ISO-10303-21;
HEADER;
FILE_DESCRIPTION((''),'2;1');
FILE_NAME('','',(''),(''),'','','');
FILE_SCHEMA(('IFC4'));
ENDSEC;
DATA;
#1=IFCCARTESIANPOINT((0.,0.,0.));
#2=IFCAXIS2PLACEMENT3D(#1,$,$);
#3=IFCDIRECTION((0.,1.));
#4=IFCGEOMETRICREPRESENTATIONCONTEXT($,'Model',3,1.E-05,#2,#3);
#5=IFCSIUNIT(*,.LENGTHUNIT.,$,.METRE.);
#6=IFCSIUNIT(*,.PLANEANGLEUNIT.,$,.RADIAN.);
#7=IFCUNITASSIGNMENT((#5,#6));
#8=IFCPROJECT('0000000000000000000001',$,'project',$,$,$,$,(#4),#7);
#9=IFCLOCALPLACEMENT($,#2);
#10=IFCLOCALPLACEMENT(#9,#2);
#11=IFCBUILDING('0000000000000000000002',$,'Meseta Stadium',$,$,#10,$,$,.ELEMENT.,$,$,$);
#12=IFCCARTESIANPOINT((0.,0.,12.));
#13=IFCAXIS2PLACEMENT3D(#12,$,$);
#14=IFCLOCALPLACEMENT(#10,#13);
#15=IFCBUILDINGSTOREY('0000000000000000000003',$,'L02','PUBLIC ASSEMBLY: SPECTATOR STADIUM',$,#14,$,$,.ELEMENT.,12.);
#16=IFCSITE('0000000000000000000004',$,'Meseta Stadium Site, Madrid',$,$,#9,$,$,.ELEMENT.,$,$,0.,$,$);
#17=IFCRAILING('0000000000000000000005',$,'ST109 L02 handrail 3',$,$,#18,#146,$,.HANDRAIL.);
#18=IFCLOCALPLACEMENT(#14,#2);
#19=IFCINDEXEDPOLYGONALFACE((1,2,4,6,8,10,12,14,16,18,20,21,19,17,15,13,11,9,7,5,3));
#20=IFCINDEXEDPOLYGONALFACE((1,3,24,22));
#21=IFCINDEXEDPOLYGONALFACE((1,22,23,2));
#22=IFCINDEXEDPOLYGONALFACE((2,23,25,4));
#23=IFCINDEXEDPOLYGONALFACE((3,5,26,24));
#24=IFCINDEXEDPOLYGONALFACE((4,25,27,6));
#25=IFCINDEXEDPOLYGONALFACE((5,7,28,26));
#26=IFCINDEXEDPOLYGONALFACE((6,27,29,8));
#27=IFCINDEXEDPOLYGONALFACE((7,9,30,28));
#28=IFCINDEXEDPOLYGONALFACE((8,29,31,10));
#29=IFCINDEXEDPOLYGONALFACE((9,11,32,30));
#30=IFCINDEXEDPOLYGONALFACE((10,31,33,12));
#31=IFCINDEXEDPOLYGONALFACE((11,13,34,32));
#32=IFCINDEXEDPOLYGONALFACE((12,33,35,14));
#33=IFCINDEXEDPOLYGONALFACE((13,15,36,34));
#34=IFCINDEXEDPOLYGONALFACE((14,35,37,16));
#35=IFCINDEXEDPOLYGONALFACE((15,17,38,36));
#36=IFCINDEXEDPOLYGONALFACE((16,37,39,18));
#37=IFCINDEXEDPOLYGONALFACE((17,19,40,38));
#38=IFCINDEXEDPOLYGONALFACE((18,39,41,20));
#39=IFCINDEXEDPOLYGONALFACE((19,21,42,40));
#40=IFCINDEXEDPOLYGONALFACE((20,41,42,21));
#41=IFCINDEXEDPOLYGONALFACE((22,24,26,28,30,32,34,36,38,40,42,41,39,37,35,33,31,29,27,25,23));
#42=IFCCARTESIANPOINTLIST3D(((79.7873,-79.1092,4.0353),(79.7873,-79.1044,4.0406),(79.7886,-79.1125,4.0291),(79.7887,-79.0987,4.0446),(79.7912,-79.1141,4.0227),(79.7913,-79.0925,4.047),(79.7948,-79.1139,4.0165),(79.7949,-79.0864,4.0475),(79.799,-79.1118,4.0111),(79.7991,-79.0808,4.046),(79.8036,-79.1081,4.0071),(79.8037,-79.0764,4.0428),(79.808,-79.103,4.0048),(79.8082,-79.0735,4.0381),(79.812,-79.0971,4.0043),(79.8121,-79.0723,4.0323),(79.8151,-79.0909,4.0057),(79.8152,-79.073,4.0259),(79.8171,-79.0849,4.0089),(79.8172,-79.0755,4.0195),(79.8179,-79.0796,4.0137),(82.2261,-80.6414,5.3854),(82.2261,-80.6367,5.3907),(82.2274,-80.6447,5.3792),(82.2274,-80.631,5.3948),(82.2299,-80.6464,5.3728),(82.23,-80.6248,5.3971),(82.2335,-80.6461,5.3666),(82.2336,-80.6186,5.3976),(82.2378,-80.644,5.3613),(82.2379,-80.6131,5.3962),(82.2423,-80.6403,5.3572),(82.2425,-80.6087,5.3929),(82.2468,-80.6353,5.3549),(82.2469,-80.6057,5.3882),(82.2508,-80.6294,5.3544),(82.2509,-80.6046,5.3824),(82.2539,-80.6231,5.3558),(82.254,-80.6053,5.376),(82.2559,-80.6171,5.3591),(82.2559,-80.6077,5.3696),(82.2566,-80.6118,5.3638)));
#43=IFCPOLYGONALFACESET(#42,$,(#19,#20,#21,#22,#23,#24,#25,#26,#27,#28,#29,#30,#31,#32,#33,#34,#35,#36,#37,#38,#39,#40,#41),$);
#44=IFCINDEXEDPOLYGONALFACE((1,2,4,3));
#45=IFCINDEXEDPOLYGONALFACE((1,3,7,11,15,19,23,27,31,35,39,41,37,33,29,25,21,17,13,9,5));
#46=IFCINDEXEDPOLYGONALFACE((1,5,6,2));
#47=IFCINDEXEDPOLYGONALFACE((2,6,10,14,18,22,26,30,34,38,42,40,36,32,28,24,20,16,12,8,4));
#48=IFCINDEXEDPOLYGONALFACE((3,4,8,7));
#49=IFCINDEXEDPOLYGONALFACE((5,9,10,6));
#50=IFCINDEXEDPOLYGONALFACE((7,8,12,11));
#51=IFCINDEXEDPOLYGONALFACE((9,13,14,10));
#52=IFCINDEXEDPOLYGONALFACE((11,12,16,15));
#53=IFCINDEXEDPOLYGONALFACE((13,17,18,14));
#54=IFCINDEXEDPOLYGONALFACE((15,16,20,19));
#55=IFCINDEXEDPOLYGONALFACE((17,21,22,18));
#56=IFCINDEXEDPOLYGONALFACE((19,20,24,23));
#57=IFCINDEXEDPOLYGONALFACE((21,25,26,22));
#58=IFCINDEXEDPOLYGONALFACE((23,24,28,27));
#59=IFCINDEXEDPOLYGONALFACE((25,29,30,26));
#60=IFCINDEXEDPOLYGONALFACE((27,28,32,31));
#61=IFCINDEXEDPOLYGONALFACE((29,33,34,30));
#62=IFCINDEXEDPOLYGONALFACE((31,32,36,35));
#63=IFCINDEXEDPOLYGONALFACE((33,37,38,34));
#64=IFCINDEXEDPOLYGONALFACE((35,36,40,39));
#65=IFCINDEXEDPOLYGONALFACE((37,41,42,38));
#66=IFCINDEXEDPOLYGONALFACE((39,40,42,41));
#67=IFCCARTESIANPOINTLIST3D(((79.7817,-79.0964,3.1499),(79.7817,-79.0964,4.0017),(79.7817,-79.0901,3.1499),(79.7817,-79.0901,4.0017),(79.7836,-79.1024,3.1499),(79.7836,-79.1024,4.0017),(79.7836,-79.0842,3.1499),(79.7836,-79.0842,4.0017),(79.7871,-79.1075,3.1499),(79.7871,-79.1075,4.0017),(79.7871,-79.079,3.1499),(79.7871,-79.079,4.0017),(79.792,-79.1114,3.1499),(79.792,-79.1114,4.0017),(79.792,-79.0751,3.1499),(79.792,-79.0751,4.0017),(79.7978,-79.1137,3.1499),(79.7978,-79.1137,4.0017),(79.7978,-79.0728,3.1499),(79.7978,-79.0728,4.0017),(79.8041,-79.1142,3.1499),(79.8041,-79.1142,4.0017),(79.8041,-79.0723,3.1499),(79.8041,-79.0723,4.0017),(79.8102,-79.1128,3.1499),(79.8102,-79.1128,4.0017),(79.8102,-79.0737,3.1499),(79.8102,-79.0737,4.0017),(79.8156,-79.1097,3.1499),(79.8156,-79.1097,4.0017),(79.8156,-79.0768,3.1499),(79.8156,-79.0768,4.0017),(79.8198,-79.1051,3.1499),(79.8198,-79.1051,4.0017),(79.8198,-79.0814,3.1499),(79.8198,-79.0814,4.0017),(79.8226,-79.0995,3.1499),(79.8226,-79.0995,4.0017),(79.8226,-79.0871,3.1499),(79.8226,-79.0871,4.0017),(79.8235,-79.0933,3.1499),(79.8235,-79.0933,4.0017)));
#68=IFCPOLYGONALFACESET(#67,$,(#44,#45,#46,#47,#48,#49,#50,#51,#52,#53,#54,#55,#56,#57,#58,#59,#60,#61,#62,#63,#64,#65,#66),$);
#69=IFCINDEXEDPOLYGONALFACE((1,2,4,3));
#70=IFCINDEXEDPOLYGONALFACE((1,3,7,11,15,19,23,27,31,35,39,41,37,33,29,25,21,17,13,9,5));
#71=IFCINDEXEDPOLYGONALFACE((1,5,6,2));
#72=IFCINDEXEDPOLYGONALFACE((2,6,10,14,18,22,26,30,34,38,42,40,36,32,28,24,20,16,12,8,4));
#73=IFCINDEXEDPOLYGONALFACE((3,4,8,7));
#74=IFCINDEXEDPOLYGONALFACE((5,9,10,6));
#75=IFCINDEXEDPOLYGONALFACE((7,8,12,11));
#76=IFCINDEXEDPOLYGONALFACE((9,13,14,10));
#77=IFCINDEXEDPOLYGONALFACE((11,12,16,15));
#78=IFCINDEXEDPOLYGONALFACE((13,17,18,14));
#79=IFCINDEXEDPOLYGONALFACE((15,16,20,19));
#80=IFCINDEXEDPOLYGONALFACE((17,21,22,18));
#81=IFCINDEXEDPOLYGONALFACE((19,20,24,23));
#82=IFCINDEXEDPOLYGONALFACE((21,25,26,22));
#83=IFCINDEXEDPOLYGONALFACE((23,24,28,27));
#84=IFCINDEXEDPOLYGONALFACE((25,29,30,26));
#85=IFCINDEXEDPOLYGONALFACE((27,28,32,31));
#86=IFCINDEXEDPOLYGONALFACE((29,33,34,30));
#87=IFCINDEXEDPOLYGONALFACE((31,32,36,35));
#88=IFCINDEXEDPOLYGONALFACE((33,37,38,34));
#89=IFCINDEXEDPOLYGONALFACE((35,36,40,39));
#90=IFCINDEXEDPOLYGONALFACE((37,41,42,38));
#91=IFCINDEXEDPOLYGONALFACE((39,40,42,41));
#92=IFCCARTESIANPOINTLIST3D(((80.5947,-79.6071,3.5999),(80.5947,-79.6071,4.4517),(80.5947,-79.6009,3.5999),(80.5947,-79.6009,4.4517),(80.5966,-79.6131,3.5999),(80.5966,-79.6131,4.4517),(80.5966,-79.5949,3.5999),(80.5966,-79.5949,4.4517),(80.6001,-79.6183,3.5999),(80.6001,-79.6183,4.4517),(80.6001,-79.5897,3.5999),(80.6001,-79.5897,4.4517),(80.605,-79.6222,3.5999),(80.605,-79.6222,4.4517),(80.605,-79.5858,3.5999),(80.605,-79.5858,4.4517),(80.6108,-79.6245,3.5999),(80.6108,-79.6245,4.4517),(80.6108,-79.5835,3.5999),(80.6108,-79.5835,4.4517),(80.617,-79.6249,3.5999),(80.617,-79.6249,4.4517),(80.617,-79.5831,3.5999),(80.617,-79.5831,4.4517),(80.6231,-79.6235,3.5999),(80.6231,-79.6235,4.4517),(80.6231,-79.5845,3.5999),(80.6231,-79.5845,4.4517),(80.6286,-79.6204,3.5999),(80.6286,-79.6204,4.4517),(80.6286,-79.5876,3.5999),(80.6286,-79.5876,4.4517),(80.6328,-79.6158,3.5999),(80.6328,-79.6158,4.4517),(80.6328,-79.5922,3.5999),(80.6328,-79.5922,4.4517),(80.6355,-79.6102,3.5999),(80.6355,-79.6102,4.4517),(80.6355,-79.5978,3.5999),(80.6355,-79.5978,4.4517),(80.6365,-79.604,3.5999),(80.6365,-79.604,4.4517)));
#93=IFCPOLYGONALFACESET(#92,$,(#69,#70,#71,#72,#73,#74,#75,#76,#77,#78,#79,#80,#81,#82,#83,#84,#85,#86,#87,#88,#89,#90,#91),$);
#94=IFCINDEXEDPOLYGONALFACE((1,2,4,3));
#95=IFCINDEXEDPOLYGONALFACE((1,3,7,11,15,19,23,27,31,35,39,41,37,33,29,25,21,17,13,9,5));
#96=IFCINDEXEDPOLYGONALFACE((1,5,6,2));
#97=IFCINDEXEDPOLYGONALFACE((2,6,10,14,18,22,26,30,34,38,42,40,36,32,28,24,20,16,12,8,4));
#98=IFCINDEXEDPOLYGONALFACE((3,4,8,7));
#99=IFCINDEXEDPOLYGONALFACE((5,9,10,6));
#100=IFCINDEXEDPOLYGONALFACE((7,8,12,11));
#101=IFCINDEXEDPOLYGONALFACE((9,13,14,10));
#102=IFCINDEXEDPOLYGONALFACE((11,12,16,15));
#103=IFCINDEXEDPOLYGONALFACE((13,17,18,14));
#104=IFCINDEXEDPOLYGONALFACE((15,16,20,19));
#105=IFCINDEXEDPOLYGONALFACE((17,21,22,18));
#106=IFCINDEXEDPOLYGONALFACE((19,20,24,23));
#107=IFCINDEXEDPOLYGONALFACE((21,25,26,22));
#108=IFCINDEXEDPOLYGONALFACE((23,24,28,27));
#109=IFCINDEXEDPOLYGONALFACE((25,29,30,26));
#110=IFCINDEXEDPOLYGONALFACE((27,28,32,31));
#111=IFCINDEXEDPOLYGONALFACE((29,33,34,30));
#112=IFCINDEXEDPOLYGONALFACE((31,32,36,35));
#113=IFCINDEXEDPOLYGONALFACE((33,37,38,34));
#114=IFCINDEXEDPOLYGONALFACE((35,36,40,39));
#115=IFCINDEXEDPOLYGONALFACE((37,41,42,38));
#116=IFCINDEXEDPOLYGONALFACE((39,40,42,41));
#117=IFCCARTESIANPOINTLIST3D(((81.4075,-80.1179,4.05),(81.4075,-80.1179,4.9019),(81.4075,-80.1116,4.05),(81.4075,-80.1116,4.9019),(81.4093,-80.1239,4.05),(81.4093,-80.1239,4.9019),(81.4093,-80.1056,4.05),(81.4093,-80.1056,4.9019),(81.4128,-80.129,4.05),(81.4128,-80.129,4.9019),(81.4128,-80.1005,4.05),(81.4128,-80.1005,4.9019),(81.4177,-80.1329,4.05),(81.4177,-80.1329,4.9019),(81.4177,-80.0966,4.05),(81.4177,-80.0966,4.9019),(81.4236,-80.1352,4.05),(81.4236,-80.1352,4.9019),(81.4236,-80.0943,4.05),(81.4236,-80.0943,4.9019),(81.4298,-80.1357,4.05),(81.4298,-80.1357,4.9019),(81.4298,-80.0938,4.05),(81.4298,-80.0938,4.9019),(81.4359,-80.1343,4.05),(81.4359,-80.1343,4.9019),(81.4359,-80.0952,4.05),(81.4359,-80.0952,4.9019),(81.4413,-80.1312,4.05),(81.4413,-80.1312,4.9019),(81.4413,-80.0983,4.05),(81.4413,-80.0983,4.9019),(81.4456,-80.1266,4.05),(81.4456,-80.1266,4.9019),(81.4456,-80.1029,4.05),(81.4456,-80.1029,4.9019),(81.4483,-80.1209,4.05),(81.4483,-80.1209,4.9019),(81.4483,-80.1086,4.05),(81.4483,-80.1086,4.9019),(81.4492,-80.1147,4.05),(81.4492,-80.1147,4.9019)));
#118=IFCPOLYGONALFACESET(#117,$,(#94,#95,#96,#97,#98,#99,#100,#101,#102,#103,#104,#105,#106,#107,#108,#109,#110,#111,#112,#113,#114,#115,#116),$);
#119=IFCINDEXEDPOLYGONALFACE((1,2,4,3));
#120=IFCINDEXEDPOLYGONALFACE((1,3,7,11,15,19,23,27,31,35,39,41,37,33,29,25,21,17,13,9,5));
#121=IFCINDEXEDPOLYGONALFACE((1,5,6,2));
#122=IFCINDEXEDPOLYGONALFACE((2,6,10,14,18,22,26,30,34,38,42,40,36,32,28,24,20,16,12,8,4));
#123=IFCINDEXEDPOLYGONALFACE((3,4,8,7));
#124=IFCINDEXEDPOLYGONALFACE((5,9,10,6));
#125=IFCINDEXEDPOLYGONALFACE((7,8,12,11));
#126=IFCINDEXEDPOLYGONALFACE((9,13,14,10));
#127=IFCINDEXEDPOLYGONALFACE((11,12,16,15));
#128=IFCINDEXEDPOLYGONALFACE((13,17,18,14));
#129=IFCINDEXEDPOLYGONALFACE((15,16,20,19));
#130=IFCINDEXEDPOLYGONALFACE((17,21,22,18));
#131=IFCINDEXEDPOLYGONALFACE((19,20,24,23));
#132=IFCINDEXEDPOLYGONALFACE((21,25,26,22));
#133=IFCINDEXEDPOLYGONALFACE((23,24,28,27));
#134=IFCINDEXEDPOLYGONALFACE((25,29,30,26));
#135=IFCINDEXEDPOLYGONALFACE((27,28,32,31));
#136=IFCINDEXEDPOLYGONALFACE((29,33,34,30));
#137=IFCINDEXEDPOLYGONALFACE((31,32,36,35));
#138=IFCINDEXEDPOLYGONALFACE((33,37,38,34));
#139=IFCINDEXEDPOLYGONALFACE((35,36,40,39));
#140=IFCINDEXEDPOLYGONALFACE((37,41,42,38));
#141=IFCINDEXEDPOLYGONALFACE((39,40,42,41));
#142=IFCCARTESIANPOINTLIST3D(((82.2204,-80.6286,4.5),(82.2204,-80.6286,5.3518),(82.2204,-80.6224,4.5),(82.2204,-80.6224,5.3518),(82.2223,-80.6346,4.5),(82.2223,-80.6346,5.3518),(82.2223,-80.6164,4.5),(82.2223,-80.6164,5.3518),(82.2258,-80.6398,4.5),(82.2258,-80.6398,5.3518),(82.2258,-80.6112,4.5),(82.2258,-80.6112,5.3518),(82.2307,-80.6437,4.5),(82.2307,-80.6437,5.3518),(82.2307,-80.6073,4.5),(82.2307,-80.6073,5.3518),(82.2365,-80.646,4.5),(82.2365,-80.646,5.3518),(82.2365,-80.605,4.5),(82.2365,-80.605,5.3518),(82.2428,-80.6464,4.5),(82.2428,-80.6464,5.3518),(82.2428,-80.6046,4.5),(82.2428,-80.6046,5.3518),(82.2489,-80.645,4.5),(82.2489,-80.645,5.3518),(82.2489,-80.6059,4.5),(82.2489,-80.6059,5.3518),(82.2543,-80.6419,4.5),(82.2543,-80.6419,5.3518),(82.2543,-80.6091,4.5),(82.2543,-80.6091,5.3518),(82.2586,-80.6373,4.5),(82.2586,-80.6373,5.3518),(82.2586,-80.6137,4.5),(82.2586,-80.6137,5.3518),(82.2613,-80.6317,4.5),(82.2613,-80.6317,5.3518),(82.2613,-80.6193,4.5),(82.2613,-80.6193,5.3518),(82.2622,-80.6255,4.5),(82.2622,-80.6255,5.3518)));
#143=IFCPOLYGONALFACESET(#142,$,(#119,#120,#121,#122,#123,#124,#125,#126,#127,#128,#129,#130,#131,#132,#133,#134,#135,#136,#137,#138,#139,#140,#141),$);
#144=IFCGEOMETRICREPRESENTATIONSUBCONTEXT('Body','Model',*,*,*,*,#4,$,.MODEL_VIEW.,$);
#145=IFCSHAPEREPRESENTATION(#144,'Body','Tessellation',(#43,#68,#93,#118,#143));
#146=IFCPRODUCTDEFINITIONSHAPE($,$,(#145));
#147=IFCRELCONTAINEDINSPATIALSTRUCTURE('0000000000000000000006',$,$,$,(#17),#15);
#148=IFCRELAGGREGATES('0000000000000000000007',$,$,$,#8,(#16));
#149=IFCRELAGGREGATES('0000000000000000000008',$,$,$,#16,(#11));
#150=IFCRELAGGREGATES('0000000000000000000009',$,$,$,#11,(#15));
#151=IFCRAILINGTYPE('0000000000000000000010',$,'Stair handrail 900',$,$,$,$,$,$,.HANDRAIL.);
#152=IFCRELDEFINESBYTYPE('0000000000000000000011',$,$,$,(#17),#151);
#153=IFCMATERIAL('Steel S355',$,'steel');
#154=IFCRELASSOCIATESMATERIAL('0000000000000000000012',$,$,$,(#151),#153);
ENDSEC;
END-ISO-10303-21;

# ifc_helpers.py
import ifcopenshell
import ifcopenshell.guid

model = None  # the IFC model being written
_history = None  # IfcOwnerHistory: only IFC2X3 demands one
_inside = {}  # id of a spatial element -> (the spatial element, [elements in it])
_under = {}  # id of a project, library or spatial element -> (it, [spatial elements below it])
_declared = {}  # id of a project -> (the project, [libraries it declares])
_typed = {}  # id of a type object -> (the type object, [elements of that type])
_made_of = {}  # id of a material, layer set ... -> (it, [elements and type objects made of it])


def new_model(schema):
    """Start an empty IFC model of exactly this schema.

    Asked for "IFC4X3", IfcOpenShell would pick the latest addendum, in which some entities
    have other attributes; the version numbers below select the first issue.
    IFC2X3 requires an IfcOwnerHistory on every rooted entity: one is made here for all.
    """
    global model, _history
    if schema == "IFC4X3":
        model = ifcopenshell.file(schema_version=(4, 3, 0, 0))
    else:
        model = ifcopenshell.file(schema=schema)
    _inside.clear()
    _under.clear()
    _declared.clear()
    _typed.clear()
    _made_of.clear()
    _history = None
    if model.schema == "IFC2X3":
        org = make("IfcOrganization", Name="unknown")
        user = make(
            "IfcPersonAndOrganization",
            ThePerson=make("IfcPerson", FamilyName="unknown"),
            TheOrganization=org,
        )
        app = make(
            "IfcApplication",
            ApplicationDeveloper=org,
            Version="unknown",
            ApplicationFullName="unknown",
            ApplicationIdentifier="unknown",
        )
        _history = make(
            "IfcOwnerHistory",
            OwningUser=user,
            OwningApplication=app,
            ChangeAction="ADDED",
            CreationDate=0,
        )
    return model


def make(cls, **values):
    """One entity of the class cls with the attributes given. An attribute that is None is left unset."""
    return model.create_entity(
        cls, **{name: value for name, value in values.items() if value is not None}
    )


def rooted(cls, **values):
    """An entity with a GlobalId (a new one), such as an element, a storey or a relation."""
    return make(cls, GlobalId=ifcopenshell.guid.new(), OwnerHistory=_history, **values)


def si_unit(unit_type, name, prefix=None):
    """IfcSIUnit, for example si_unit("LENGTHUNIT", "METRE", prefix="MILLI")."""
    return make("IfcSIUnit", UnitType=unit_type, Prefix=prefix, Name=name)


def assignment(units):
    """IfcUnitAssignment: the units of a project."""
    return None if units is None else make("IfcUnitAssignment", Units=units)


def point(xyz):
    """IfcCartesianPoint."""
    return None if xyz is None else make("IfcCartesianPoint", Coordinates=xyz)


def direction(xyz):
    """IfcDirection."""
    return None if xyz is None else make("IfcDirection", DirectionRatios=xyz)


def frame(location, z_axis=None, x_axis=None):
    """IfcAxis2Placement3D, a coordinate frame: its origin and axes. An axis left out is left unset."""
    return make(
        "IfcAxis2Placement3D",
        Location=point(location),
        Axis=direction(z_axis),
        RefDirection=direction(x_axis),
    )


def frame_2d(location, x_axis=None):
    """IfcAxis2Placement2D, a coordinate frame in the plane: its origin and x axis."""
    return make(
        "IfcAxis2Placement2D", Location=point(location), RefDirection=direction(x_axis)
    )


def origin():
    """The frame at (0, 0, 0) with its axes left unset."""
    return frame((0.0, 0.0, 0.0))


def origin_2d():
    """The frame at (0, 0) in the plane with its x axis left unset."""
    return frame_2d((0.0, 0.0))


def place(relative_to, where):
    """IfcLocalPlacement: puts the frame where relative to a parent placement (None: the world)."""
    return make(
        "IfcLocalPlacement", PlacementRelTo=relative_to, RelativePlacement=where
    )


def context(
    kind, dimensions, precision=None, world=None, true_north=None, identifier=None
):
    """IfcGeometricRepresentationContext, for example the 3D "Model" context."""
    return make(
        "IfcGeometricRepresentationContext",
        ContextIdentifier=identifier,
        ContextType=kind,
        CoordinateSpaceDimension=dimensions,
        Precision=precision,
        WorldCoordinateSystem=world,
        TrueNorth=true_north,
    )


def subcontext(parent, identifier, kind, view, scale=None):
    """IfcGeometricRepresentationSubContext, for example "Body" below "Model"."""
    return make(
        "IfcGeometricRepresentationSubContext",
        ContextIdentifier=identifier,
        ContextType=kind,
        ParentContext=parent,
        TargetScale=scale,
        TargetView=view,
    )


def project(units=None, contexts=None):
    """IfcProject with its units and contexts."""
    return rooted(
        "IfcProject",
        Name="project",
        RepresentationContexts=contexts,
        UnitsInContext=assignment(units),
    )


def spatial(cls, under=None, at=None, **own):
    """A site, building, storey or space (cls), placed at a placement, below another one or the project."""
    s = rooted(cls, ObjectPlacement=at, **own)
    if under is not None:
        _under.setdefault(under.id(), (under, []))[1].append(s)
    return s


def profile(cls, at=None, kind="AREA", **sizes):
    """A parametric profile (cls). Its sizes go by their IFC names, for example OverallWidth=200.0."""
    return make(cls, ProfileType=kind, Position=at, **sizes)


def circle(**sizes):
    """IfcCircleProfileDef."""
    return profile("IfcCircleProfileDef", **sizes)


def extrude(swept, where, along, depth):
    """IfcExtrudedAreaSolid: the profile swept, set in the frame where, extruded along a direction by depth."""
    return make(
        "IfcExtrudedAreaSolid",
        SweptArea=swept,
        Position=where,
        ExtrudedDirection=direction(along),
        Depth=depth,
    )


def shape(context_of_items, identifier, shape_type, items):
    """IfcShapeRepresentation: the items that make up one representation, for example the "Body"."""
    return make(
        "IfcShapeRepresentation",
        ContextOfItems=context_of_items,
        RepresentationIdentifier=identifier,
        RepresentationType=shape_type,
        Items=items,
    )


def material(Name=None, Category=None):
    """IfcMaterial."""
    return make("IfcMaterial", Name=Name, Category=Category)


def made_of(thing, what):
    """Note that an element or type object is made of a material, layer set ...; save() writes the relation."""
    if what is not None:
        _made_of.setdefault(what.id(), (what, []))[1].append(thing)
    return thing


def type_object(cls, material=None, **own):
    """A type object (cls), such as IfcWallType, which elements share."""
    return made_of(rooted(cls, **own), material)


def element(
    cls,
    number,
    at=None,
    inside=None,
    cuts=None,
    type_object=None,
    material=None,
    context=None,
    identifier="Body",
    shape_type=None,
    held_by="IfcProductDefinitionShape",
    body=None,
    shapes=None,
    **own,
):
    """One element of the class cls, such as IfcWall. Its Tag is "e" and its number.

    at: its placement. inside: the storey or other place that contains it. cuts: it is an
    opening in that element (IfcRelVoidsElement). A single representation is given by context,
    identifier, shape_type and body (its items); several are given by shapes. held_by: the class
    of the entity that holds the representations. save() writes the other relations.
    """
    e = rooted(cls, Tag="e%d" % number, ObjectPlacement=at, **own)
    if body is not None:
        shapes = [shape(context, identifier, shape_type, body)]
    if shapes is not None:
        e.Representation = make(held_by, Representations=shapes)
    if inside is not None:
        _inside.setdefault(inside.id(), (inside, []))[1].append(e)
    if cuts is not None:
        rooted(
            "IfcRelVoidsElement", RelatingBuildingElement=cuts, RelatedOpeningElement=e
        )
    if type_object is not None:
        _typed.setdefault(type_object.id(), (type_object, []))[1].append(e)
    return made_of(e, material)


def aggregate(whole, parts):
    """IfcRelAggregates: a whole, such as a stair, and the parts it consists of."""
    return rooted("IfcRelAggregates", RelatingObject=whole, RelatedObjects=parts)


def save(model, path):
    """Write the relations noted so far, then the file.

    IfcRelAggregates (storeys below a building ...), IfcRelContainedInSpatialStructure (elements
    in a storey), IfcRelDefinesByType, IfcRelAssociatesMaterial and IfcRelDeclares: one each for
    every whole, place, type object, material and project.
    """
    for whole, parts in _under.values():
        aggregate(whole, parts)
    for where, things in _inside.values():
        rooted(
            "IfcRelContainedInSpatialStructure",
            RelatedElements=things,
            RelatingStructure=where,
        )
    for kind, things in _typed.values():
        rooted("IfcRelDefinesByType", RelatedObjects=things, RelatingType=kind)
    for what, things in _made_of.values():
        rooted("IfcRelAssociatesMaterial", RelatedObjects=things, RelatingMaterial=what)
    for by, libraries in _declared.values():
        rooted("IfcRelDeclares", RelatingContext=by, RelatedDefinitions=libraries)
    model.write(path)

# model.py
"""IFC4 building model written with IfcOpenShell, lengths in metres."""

from ifc_helpers import new_model, si_unit, direction, frame, origin, origin_2d, place, context, subcontext, project, spatial, circle, extrude, material, type_object, element, save


model = new_model("IFC4")

# Units and contexts
model_context = context("Model", 3, precision=1e-05, world=origin(), true_north=direction((0.0, 1.0)))
body_context = subcontext(model_context, "Body", "Model", "MODEL_VIEW")
ifc_project = project(units=[si_unit("LENGTHUNIT", "METRE"), si_unit("PLANEANGLEUNIT", "RADIAN")], contexts=[model_context])

# Site, building, storey
site_placement = place(None, origin())
site = spatial("IfcSite", under=ifc_project, at=site_placement, Name="Meseta Stadium Site, Madrid", CompositionType="ELEMENT", RefElevation=0.0)
building_placement = place(site_placement, origin())
building = spatial("IfcBuilding", under=site, at=building_placement, Name="Meseta Stadium", CompositionType="ELEMENT")
storey_placement = place(building_placement, frame((0.0, 0.0, 12.0)))
storey = spatial("IfcBuildingStorey", under=building, at=storey_placement, Name="L02", Description="PUBLIC ASSEMBLY: SPECTATOR STADIUM", CompositionType="ELEMENT", Elevation=12.0)

# Railing
ifc_material_1 = material(Name="Steel S355", Category="steel")
railing_type_1 = type_object("IfcRailingType", Name="Stair handrail 900", PredefinedType="HANDRAIL", material=ifc_material_1)
for number, where, name in (
    (1, (79.8025, -79.0933, 3.1499), "ST109 L02 handrail 3"),
):
    element("IfcRailing", number, at=place(storey_placement, frame(where)), inside=storey, type_object=railing_type_1, Name=name, PredefinedType="HANDRAIL", context=body_context, shape_type="SweptSolid", body=[
        extrude(circle(Radius=0.0239, at=origin_2d()), frame((0.0, 0.0, 0.876), z_axis=(0.766687, -0.481703, 0.424445), x_axis=(0.532001, 0.846743, 0.0)), (0.0, 0.0, 1.0), 3.1809),
        extrude(circle(Radius=0.021, at=origin_2d()), origin(), (0.0, 0.0, 1.0), 0.8518),
        extrude(circle(Radius=0.021, at=origin_2d()), frame((0.813, -0.5107, 0.45)), (0.0, 0.0, 1.0), 0.8518),
        extrude(circle(Radius=0.021, at=origin_2d()), frame((1.6257, -1.0215, 0.9001)), (0.0, 0.0, 1.0), 0.8518),
        extrude(circle(Radius=0.021, at=origin_2d()), frame((2.4387, -1.5322, 1.3501)), (0.0, 0.0, 1.0), 0.8518),
    ])

save(model, "model.ifc")
